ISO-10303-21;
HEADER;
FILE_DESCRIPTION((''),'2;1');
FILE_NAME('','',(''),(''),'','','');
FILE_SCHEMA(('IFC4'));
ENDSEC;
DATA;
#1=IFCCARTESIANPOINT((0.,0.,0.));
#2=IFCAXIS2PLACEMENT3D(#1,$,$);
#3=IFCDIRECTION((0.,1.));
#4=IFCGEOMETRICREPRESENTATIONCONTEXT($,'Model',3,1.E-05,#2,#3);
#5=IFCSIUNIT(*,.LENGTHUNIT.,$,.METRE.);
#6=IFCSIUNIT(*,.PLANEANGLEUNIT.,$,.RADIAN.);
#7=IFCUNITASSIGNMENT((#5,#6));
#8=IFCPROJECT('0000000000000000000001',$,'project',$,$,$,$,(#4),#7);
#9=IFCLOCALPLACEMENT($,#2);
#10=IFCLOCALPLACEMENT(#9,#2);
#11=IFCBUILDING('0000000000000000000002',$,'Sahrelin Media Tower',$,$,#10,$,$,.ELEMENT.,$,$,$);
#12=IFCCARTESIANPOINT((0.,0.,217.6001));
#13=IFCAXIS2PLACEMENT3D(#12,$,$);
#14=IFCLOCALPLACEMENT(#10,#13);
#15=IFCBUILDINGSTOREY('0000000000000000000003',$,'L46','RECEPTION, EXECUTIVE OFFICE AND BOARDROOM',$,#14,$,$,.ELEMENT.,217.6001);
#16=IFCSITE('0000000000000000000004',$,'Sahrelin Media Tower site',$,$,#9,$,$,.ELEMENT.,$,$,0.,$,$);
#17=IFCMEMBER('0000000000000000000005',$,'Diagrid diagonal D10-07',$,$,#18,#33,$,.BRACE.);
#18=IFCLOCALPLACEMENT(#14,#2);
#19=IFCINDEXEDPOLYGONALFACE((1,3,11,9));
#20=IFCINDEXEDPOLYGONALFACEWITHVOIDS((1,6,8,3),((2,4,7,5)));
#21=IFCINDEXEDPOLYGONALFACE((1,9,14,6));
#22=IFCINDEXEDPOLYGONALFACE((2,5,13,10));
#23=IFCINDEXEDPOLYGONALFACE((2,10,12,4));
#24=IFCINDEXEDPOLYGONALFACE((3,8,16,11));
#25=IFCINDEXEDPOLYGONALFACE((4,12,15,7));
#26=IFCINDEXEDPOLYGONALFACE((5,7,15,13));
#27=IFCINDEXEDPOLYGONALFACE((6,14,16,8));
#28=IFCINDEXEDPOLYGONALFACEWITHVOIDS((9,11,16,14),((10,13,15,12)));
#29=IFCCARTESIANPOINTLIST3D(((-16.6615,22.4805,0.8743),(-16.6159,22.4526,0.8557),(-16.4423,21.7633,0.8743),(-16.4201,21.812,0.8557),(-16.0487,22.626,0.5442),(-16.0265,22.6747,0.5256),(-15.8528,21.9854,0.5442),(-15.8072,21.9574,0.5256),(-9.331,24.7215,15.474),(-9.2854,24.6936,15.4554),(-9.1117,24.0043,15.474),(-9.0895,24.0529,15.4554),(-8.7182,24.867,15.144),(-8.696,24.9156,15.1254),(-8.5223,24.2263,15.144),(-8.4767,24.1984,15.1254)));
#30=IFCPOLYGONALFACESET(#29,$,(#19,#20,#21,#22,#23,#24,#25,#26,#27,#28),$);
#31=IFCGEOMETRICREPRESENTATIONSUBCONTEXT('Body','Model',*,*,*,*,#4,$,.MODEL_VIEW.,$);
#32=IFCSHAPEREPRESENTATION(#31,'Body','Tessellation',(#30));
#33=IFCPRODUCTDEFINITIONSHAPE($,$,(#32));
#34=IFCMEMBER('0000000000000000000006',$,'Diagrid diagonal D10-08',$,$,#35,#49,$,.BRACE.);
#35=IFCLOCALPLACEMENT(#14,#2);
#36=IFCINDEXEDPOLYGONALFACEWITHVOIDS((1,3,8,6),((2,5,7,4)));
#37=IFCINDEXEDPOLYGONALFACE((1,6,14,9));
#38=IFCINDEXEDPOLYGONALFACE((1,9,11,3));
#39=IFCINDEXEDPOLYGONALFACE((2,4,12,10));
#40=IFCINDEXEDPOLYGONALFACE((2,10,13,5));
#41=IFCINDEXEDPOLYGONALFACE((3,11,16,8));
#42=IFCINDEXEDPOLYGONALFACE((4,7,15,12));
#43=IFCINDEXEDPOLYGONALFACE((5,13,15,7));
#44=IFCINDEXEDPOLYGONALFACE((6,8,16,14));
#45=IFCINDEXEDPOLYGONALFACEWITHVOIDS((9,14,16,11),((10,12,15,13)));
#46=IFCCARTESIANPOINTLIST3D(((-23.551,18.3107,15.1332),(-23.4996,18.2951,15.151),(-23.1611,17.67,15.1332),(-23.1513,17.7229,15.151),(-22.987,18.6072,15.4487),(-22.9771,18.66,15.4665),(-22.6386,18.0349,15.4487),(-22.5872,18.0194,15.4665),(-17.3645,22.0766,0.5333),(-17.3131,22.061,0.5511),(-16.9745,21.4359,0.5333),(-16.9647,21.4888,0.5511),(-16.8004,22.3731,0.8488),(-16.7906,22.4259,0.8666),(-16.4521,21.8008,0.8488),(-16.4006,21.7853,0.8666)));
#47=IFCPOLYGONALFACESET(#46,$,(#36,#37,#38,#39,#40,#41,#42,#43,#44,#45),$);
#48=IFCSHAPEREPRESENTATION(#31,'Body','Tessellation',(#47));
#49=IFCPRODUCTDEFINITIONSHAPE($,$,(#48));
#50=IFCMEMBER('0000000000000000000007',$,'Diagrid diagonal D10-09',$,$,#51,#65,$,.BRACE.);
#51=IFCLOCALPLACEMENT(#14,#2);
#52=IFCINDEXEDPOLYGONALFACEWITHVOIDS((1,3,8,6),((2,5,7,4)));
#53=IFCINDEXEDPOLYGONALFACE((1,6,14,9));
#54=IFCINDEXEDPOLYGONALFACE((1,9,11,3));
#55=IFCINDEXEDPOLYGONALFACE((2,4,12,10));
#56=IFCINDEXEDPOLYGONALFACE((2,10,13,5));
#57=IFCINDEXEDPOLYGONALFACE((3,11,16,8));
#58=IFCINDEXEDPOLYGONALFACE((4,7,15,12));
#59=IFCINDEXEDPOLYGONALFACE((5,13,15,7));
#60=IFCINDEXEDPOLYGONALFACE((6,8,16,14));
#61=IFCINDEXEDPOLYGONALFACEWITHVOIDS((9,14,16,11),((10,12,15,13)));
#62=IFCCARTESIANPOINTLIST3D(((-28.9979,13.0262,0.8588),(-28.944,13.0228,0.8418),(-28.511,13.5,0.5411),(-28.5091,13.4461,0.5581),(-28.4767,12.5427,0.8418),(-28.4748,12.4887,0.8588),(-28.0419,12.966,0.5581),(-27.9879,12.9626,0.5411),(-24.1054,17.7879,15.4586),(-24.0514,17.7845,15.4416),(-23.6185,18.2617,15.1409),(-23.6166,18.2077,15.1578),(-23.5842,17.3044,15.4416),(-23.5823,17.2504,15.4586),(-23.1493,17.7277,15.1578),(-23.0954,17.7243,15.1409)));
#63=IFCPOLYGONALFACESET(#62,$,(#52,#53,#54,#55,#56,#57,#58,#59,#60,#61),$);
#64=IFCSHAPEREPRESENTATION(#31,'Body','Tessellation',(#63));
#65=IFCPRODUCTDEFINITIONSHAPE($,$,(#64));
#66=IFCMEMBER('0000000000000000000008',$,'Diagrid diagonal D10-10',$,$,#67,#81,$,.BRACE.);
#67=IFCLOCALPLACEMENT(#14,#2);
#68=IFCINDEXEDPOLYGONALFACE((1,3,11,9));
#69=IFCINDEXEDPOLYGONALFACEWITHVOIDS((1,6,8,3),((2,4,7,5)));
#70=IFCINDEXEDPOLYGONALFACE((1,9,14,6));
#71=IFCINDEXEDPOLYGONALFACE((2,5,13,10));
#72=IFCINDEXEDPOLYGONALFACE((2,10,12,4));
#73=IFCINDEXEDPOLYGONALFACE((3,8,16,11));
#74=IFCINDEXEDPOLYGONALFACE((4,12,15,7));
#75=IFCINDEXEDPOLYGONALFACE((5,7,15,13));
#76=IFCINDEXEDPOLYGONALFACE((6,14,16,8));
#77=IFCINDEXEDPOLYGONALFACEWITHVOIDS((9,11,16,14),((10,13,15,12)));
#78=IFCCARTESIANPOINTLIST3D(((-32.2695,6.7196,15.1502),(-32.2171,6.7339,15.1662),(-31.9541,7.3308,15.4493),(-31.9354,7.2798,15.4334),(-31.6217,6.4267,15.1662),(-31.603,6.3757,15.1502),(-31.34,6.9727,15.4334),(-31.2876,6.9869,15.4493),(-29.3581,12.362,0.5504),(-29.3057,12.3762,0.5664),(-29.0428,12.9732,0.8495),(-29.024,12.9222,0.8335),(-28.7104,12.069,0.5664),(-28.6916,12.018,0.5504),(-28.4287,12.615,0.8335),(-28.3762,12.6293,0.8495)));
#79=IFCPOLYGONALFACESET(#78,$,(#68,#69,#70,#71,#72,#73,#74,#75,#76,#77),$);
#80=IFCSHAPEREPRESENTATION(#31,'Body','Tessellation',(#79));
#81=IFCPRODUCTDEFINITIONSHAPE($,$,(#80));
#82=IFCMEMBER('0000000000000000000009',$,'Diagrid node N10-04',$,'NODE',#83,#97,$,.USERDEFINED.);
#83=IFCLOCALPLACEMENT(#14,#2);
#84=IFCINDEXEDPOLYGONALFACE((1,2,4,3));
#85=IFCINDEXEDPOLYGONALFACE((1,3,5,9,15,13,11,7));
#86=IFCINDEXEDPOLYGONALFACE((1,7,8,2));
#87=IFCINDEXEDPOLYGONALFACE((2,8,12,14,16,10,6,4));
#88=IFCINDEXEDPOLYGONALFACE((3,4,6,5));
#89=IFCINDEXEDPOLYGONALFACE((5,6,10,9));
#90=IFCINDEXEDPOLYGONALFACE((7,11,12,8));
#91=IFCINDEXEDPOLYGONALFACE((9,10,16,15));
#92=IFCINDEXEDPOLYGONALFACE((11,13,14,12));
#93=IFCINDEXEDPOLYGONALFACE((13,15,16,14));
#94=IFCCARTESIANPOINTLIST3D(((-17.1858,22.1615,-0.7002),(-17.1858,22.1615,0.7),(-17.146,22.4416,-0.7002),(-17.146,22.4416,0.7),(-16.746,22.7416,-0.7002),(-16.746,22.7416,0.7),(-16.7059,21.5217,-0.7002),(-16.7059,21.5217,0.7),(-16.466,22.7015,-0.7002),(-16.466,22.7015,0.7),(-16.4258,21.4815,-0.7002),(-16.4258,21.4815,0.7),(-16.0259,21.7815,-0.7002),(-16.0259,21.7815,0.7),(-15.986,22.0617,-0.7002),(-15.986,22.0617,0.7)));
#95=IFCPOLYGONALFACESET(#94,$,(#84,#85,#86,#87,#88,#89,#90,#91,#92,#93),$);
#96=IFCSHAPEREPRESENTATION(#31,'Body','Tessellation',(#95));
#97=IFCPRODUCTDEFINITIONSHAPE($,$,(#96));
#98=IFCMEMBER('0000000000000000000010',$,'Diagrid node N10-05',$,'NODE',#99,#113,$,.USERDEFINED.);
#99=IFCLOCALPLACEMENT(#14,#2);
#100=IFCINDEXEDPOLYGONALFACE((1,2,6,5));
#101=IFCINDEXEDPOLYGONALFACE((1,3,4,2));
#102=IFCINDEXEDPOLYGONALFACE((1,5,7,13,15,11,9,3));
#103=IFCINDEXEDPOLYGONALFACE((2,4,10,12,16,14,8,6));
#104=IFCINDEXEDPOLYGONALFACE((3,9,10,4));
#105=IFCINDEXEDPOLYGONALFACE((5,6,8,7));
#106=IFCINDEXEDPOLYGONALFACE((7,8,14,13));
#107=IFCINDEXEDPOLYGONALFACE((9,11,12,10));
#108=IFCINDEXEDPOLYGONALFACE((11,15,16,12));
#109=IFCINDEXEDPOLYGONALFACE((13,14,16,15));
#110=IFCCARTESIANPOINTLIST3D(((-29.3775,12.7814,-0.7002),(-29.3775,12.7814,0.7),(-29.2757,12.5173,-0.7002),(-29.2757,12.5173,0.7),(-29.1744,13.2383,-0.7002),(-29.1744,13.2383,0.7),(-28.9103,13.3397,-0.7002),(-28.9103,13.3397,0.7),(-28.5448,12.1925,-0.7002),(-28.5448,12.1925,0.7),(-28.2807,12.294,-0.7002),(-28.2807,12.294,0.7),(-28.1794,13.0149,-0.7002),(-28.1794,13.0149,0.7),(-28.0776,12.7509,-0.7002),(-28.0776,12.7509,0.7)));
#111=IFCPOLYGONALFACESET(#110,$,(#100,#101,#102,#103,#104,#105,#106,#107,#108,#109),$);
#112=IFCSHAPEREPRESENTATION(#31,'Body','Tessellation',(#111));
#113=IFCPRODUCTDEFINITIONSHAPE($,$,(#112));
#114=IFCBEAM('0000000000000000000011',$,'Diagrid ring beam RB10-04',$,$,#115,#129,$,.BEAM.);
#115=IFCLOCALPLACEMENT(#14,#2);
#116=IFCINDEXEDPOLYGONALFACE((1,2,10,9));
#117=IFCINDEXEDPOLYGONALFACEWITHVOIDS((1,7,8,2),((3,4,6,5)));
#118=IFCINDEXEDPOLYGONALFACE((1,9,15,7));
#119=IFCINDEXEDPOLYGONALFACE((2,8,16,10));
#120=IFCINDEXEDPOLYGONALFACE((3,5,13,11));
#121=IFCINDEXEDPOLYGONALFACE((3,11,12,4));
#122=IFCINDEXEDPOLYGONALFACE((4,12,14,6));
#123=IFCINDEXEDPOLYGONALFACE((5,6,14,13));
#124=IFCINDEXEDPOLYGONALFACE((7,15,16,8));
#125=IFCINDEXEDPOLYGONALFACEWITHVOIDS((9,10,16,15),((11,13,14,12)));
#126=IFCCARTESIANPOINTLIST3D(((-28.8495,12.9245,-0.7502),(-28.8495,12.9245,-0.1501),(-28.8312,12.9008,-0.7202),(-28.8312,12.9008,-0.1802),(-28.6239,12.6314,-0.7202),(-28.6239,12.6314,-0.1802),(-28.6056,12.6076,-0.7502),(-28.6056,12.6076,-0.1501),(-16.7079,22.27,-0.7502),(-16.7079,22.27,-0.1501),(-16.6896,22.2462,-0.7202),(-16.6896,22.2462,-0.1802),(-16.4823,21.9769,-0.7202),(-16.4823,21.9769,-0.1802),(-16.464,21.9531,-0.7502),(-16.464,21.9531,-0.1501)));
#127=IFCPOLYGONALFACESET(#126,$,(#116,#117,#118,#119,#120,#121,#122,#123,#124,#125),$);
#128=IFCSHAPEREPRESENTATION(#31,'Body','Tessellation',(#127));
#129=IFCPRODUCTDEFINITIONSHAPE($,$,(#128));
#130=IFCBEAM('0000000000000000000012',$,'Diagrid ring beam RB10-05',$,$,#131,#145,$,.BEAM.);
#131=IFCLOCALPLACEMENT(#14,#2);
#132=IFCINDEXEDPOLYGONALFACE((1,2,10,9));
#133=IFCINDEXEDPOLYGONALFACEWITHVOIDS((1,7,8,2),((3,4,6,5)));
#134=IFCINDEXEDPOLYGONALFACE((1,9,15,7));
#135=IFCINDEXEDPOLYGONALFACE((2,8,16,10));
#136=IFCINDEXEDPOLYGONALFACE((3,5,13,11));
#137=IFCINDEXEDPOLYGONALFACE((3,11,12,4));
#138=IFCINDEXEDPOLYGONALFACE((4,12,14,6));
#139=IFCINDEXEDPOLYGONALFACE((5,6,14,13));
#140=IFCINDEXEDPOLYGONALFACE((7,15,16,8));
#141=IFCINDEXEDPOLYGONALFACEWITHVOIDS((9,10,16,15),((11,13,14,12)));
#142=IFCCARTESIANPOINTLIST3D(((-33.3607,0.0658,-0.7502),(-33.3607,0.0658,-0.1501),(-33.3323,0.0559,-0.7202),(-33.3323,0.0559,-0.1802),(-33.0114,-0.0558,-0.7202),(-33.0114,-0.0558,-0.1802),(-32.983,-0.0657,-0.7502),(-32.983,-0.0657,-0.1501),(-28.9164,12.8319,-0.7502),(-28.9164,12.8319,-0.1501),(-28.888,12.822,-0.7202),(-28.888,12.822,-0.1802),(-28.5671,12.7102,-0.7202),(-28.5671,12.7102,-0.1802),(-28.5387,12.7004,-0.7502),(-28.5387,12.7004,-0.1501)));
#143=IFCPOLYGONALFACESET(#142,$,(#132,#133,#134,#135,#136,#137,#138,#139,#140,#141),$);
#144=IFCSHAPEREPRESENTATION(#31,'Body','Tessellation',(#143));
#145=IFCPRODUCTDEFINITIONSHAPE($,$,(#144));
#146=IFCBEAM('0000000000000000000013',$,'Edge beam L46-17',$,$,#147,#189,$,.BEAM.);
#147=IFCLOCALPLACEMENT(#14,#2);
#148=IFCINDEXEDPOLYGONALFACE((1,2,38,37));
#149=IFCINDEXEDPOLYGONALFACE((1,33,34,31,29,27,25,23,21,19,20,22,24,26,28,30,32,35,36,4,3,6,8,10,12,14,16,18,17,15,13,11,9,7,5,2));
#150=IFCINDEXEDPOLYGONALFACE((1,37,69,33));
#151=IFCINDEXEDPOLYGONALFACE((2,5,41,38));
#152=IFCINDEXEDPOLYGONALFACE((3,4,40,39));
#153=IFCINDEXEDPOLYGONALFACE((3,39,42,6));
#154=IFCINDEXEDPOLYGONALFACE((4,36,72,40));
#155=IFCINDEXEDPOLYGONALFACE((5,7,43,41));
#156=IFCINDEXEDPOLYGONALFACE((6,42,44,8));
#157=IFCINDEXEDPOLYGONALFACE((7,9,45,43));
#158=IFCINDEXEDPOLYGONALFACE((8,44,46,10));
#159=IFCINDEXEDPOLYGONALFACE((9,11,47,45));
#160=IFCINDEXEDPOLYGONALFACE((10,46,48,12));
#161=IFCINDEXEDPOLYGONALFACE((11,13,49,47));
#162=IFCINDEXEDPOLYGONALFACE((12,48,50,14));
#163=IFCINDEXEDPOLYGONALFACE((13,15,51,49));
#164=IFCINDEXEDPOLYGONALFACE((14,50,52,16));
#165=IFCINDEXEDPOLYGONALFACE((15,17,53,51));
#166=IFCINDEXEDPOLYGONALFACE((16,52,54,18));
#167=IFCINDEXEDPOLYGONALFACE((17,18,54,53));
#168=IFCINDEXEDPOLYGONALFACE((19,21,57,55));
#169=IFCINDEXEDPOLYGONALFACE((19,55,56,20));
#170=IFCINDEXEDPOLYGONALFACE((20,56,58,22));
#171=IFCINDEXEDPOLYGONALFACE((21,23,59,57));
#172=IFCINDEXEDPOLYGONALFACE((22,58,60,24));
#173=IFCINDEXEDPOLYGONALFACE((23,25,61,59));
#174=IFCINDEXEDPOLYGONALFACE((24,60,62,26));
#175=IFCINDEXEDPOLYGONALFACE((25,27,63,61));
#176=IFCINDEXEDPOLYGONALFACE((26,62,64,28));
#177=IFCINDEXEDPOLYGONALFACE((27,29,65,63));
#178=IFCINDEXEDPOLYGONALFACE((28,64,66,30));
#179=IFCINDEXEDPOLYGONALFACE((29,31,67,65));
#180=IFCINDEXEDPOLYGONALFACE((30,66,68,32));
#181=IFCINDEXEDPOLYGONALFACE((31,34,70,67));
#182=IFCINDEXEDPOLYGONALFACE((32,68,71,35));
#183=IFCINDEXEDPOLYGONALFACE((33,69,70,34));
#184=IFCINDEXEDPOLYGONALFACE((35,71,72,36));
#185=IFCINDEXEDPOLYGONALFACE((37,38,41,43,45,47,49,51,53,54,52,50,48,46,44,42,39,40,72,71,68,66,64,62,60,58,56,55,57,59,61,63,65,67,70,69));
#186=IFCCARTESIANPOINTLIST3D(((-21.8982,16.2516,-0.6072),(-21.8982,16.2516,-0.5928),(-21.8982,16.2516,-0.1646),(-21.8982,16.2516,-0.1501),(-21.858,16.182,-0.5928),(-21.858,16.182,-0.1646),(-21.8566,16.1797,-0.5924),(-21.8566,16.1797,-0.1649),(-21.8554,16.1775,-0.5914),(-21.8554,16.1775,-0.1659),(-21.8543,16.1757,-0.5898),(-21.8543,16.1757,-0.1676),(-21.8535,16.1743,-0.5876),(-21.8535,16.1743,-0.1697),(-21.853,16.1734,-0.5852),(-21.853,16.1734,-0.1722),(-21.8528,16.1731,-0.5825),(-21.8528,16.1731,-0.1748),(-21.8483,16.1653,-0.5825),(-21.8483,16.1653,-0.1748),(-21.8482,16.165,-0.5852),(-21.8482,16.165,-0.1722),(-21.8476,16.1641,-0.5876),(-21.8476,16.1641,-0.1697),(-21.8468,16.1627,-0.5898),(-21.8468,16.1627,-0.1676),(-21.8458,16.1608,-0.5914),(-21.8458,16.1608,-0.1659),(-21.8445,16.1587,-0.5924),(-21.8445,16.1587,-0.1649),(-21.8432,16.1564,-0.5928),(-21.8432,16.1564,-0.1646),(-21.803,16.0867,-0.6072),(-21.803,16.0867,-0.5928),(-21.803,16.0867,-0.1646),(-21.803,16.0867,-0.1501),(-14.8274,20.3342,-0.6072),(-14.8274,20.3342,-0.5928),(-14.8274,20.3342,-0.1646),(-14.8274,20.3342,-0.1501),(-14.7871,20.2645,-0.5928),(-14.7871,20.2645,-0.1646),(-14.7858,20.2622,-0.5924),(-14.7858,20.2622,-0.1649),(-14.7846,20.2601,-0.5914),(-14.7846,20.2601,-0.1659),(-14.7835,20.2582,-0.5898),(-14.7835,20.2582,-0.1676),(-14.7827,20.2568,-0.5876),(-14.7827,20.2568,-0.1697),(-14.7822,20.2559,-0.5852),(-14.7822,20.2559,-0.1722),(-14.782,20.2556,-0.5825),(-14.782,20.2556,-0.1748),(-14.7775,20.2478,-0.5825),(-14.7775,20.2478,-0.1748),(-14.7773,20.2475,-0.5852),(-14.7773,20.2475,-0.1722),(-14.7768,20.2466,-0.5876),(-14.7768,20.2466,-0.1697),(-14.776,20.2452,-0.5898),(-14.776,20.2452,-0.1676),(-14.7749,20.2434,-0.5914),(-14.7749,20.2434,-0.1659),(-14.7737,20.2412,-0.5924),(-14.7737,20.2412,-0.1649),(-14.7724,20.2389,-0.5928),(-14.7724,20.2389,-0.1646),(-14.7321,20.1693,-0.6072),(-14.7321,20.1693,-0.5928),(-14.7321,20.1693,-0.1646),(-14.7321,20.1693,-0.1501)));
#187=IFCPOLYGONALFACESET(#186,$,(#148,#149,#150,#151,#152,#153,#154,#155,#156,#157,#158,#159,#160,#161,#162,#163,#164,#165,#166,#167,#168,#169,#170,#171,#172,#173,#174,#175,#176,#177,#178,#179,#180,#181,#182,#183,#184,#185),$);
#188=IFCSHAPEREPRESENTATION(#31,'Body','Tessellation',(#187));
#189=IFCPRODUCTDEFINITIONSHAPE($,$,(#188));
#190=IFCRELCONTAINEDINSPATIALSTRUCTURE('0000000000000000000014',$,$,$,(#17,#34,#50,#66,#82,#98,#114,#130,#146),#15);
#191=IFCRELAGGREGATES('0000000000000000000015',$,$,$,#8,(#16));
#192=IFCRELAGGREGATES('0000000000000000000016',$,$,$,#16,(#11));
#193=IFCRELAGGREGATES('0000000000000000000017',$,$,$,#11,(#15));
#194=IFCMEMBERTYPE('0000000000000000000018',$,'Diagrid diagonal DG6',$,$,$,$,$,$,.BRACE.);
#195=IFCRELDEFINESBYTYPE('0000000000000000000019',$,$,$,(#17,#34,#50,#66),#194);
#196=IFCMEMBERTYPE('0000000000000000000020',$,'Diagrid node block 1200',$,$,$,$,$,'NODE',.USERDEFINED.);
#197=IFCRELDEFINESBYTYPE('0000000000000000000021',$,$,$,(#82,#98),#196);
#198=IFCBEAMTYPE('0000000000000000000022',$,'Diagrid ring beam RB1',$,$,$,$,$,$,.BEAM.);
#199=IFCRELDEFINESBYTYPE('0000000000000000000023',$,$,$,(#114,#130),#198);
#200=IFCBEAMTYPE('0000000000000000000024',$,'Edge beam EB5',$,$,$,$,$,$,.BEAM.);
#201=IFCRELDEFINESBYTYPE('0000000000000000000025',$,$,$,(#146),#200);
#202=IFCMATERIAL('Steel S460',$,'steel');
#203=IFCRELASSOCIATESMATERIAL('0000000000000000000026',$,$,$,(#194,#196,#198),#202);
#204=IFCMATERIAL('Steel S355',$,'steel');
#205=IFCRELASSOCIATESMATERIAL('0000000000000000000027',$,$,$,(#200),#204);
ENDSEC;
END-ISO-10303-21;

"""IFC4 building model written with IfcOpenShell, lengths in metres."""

from ifc_helpers import new_model, si_unit, direction, frame, origin, origin_2d, place, context, subcontext, project, spatial, polyline, hollow_rectangle, i_section, outline, extrude, material, material_profile, profile_set, type_object, element, save


model = new_model("IFC4")

# Units and contexts
model_context = context("Model", 3, precision=1e-05, world=origin(), true_north=direction((0.0, 1.0)))
body_context = subcontext(model_context, "Body", "Model", "MODEL_VIEW")
ifc_project = project(units=[si_unit("LENGTHUNIT", "METRE"), si_unit("PLANEANGLEUNIT", "RADIAN")], contexts=[model_context])

# Site, building, storey
site_placement = place(None, origin())
site = spatial("IfcSite", under=ifc_project, at=site_placement, Name="Sahrelin Media Tower site", CompositionType="ELEMENT", RefElevation=0.0)
building_placement = place(site_placement, origin())
building = spatial("IfcBuilding", under=site, at=building_placement, Name="Sahrelin Media Tower", CompositionType="ELEMENT")
storey_placement = place(building_placement, frame((0.0, 0.0, 217.6001)))
storey = spatial("IfcBuildingStorey", under=building, at=storey_placement, Name="L46", Description="RECEPTION, EXECUTIVE OFFICE AND BOARDROOM", CompositionType="ELEMENT", Elevation=217.6001)

# Members
ifc_material_1 = material(Name="Steel S460", Category="steel")
ifc_material_profile_1 = material_profile(ifc_material_1, hollow_rectangle(XDim=0.75, YDim=0.75, WallThickness=0.04, at=origin_2d()), Name="Diagrid diagonal DG6")
ifc_profile_set_1 = profile_set([ifc_material_profile_1], Name="Steel S460")
member_type_1 = type_object("IfcMemberType", Name="Diagrid diagonal DG6", PredefinedType="BRACE", material=ifc_profile_set_1)
member_1_placement = place(storey_placement, frame((-16.2344, 22.219, 0.7), z_axis=(0.44455, 0.1359, 0.885385), x_axis=(-0.292346, 0.956312, 0.0)))
element("IfcMember", 1, at=member_1_placement, inside=storey, type_object=member_type_1, Name="Diagrid diagonal D10-07", PredefinedType="BRACE", context=body_context, shape_type="SweptSolid", body=[
    extrude(hollow_rectangle(XDim=0.75, YDim=0.75, WallThickness=0.04, at=origin_2d()), origin(), (0.0, 0.0, 1.0), 16.4897),
])
member_2_placement = place(storey_placement, frame((-16.8826, 21.9309, 0.7), z_axis=(-0.379598, -0.231069, 0.89583), x_axis=(0.519963, -0.854189, 0.0)))
element("IfcMember", 2, at=member_2_placement, inside=storey, type_object=member_type_1, Name="Diagrid diagonal D10-08", PredefinedType="BRACE", context=body_context, shape_type="SweptSolid", body=[
    extrude(hollow_rectangle(XDim=0.75, YDim=0.75, WallThickness=0.04, at=origin_2d()), origin(), (0.0, 0.0, 1.0), 16.2976),
])
member_3_placement = place(storey_placement, frame((-28.4929, 12.9944, 0.7), z_axis=(0.303561, 0.295442, 0.90585), x_axis=(-0.697458, 0.716625, 0.0)))
element("IfcMember", 3, at=member_3_placement, inside=storey, type_object=member_type_1, Name="Diagrid diagonal D10-09", PredefinedType="BRACE", context=body_context, shape_type="SweptSolid", body=[
    extrude(hollow_rectangle(XDim=0.75, YDim=0.75, WallThickness=0.04, at=origin_2d()), origin(), (0.0, 0.0, 1.0), 16.1172),
])
member_4_placement = place(storey_placement, frame((-28.8672, 12.4956, 0.7), z_axis=(-0.182868, -0.354403, 0.917038), x_axis=(0.888672, -0.458544, 0.0)))
element("IfcMember", 4, at=member_4_placement, inside=storey, type_object=member_type_1, Name="Diagrid diagonal D10-10", PredefinedType="BRACE", context=body_context, shape_type="SweptSolid", body=[
    extrude(hollow_rectangle(XDim=0.75, YDim=0.75, WallThickness=0.04, at=origin_2d()), origin(), (0.0, 0.0, 1.0), 15.9207),
])
ifc_material_profile_2 = material_profile(ifc_material_1, outline(polyline([(0.3999, -0.45), (0.6001, -0.25), (0.6001, 0.25), (0.3999, 0.45), (-0.3999, 0.45), (-0.6001, 0.25), (-0.6001, -0.25), (-0.3999, -0.45), (0.3999, -0.45)])), Name="Diagrid node block 1200")
ifc_profile_set_2 = profile_set([ifc_material_profile_2], Name="Steel S460")
member_type_2 = type_object("IfcMemberType", Name="Diagrid node block 1200", ElementType="NODE", PredefinedType="USERDEFINED", material=ifc_profile_set_2)
for number, where, z_axis, x_axis, name in (
    (5, (-16.5859, 22.1116, -0.7002), (0.0, 0.0, 1.0), (-0.600053, 0.79996, 0.0), "Diagrid node N10-04"),
    (6, (-28.7275, 12.7661, -0.7002), (0.0, 0.0, 1.0), (-0.913832, 0.406092, 0.0), "Diagrid node N10-05"),
):
    element("IfcMember", number, at=place(storey_placement, frame(where, z_axis=z_axis, x_axis=x_axis)), inside=storey, type_object=member_type_2, Name=name, ObjectType="NODE", PredefinedType="USERDEFINED", context=body_context, shape_type="SweptSolid", body=[
        extrude(outline(polyline([(0.3999, -0.45), (0.6001, -0.25), (0.6001, 0.25), (0.3999, 0.45), (-0.3999, 0.45), (-0.6001, 0.25), (-0.6001, -0.25), (-0.3999, -0.45), (0.3999, -0.45)])), origin(), (0.0, 0.0, 1.0), 1.4001),
    ])

# Beams
ifc_material_profile_3 = material_profile(ifc_material_1, hollow_rectangle(XDim=0.3999, YDim=0.6001, WallThickness=0.03, at=origin_2d()), Name="Diagrid ring beam RB1")
ifc_profile_set_3 = profile_set([ifc_material_profile_3], Name="Steel S460")
beam_type_1 = type_object("IfcBeamType", Name="Diagrid ring beam RB1", PredefinedType="BEAM", material=ifc_profile_set_3)
beam_1_placement = place(storey_placement, frame((-16.5859, 22.1116, -0.4502), z_axis=(-0.792442, -0.609947, 0.0), x_axis=(0.609947, -0.792442, 0.0)))
element("IfcBeam", 7, at=beam_1_placement, inside=storey, type_object=beam_type_1, Name="Diagrid ring beam RB10-04", PredefinedType="BEAM", context=body_context, shape_type="SweptSolid", body=[
    extrude(hollow_rectangle(XDim=0.3999, YDim=0.6001, WallThickness=0.03, at=origin_2d()), origin(), (0.0, 0.0, 1.0), 15.3218),
])
beam_2_placement = place(storey_placement, frame((-28.7275, 12.7661, -0.4502), z_axis=(-0.328781, -0.944406, 0.0), x_axis=(0.944406, -0.328781, 0.0)))
element("IfcBeam", 8, at=beam_2_placement, inside=storey, type_object=beam_type_1, Name="Diagrid ring beam RB10-05", PredefinedType="BEAM", context=body_context, shape_type="SweptSolid", body=[
    extrude(hollow_rectangle(XDim=0.3999, YDim=0.6001, WallThickness=0.03, at=origin_2d()), origin(), (0.0, 0.0, 1.0), 13.5176),
])
ifc_material_2 = material(Name="Steel S355", Category="steel")
ifc_material_profile_4 = material_profile(ifc_material_2, i_section(OverallWidth=0.1904, OverallDepth=0.457, WebThickness=0.009, FlangeThickness=0.0144, FilletRadius=0.0103, at=origin_2d()), Name="UB 457x191x74")
ifc_profile_set_4 = profile_set([ifc_material_profile_4], Name="Steel S355")
beam_type_2 = type_object("IfcBeamType", Name="Edge beam EB5", PredefinedType="BEAM", material=ifc_profile_set_4)
beam_3_placement = place(storey_placement, frame((-21.8506, 16.1692, -0.3787), z_axis=(0.866015, 0.500018, 0.0), x_axis=(-0.500018, 0.866015, 0.0)))
element("IfcBeam", 9, at=beam_3_placement, inside=storey, type_object=beam_type_2, Name="Edge beam L46-17", PredefinedType="BEAM", context=body_context, shape_type="SweptSolid", body=[
    extrude(i_section(OverallWidth=0.1904, OverallDepth=0.457, WebThickness=0.009, FlangeThickness=0.0144, FilletRadius=0.0103, at=origin_2d()), origin(), (0.0, 0.0, 1.0), 8.1648),
])

save(model, "model.ifc")
